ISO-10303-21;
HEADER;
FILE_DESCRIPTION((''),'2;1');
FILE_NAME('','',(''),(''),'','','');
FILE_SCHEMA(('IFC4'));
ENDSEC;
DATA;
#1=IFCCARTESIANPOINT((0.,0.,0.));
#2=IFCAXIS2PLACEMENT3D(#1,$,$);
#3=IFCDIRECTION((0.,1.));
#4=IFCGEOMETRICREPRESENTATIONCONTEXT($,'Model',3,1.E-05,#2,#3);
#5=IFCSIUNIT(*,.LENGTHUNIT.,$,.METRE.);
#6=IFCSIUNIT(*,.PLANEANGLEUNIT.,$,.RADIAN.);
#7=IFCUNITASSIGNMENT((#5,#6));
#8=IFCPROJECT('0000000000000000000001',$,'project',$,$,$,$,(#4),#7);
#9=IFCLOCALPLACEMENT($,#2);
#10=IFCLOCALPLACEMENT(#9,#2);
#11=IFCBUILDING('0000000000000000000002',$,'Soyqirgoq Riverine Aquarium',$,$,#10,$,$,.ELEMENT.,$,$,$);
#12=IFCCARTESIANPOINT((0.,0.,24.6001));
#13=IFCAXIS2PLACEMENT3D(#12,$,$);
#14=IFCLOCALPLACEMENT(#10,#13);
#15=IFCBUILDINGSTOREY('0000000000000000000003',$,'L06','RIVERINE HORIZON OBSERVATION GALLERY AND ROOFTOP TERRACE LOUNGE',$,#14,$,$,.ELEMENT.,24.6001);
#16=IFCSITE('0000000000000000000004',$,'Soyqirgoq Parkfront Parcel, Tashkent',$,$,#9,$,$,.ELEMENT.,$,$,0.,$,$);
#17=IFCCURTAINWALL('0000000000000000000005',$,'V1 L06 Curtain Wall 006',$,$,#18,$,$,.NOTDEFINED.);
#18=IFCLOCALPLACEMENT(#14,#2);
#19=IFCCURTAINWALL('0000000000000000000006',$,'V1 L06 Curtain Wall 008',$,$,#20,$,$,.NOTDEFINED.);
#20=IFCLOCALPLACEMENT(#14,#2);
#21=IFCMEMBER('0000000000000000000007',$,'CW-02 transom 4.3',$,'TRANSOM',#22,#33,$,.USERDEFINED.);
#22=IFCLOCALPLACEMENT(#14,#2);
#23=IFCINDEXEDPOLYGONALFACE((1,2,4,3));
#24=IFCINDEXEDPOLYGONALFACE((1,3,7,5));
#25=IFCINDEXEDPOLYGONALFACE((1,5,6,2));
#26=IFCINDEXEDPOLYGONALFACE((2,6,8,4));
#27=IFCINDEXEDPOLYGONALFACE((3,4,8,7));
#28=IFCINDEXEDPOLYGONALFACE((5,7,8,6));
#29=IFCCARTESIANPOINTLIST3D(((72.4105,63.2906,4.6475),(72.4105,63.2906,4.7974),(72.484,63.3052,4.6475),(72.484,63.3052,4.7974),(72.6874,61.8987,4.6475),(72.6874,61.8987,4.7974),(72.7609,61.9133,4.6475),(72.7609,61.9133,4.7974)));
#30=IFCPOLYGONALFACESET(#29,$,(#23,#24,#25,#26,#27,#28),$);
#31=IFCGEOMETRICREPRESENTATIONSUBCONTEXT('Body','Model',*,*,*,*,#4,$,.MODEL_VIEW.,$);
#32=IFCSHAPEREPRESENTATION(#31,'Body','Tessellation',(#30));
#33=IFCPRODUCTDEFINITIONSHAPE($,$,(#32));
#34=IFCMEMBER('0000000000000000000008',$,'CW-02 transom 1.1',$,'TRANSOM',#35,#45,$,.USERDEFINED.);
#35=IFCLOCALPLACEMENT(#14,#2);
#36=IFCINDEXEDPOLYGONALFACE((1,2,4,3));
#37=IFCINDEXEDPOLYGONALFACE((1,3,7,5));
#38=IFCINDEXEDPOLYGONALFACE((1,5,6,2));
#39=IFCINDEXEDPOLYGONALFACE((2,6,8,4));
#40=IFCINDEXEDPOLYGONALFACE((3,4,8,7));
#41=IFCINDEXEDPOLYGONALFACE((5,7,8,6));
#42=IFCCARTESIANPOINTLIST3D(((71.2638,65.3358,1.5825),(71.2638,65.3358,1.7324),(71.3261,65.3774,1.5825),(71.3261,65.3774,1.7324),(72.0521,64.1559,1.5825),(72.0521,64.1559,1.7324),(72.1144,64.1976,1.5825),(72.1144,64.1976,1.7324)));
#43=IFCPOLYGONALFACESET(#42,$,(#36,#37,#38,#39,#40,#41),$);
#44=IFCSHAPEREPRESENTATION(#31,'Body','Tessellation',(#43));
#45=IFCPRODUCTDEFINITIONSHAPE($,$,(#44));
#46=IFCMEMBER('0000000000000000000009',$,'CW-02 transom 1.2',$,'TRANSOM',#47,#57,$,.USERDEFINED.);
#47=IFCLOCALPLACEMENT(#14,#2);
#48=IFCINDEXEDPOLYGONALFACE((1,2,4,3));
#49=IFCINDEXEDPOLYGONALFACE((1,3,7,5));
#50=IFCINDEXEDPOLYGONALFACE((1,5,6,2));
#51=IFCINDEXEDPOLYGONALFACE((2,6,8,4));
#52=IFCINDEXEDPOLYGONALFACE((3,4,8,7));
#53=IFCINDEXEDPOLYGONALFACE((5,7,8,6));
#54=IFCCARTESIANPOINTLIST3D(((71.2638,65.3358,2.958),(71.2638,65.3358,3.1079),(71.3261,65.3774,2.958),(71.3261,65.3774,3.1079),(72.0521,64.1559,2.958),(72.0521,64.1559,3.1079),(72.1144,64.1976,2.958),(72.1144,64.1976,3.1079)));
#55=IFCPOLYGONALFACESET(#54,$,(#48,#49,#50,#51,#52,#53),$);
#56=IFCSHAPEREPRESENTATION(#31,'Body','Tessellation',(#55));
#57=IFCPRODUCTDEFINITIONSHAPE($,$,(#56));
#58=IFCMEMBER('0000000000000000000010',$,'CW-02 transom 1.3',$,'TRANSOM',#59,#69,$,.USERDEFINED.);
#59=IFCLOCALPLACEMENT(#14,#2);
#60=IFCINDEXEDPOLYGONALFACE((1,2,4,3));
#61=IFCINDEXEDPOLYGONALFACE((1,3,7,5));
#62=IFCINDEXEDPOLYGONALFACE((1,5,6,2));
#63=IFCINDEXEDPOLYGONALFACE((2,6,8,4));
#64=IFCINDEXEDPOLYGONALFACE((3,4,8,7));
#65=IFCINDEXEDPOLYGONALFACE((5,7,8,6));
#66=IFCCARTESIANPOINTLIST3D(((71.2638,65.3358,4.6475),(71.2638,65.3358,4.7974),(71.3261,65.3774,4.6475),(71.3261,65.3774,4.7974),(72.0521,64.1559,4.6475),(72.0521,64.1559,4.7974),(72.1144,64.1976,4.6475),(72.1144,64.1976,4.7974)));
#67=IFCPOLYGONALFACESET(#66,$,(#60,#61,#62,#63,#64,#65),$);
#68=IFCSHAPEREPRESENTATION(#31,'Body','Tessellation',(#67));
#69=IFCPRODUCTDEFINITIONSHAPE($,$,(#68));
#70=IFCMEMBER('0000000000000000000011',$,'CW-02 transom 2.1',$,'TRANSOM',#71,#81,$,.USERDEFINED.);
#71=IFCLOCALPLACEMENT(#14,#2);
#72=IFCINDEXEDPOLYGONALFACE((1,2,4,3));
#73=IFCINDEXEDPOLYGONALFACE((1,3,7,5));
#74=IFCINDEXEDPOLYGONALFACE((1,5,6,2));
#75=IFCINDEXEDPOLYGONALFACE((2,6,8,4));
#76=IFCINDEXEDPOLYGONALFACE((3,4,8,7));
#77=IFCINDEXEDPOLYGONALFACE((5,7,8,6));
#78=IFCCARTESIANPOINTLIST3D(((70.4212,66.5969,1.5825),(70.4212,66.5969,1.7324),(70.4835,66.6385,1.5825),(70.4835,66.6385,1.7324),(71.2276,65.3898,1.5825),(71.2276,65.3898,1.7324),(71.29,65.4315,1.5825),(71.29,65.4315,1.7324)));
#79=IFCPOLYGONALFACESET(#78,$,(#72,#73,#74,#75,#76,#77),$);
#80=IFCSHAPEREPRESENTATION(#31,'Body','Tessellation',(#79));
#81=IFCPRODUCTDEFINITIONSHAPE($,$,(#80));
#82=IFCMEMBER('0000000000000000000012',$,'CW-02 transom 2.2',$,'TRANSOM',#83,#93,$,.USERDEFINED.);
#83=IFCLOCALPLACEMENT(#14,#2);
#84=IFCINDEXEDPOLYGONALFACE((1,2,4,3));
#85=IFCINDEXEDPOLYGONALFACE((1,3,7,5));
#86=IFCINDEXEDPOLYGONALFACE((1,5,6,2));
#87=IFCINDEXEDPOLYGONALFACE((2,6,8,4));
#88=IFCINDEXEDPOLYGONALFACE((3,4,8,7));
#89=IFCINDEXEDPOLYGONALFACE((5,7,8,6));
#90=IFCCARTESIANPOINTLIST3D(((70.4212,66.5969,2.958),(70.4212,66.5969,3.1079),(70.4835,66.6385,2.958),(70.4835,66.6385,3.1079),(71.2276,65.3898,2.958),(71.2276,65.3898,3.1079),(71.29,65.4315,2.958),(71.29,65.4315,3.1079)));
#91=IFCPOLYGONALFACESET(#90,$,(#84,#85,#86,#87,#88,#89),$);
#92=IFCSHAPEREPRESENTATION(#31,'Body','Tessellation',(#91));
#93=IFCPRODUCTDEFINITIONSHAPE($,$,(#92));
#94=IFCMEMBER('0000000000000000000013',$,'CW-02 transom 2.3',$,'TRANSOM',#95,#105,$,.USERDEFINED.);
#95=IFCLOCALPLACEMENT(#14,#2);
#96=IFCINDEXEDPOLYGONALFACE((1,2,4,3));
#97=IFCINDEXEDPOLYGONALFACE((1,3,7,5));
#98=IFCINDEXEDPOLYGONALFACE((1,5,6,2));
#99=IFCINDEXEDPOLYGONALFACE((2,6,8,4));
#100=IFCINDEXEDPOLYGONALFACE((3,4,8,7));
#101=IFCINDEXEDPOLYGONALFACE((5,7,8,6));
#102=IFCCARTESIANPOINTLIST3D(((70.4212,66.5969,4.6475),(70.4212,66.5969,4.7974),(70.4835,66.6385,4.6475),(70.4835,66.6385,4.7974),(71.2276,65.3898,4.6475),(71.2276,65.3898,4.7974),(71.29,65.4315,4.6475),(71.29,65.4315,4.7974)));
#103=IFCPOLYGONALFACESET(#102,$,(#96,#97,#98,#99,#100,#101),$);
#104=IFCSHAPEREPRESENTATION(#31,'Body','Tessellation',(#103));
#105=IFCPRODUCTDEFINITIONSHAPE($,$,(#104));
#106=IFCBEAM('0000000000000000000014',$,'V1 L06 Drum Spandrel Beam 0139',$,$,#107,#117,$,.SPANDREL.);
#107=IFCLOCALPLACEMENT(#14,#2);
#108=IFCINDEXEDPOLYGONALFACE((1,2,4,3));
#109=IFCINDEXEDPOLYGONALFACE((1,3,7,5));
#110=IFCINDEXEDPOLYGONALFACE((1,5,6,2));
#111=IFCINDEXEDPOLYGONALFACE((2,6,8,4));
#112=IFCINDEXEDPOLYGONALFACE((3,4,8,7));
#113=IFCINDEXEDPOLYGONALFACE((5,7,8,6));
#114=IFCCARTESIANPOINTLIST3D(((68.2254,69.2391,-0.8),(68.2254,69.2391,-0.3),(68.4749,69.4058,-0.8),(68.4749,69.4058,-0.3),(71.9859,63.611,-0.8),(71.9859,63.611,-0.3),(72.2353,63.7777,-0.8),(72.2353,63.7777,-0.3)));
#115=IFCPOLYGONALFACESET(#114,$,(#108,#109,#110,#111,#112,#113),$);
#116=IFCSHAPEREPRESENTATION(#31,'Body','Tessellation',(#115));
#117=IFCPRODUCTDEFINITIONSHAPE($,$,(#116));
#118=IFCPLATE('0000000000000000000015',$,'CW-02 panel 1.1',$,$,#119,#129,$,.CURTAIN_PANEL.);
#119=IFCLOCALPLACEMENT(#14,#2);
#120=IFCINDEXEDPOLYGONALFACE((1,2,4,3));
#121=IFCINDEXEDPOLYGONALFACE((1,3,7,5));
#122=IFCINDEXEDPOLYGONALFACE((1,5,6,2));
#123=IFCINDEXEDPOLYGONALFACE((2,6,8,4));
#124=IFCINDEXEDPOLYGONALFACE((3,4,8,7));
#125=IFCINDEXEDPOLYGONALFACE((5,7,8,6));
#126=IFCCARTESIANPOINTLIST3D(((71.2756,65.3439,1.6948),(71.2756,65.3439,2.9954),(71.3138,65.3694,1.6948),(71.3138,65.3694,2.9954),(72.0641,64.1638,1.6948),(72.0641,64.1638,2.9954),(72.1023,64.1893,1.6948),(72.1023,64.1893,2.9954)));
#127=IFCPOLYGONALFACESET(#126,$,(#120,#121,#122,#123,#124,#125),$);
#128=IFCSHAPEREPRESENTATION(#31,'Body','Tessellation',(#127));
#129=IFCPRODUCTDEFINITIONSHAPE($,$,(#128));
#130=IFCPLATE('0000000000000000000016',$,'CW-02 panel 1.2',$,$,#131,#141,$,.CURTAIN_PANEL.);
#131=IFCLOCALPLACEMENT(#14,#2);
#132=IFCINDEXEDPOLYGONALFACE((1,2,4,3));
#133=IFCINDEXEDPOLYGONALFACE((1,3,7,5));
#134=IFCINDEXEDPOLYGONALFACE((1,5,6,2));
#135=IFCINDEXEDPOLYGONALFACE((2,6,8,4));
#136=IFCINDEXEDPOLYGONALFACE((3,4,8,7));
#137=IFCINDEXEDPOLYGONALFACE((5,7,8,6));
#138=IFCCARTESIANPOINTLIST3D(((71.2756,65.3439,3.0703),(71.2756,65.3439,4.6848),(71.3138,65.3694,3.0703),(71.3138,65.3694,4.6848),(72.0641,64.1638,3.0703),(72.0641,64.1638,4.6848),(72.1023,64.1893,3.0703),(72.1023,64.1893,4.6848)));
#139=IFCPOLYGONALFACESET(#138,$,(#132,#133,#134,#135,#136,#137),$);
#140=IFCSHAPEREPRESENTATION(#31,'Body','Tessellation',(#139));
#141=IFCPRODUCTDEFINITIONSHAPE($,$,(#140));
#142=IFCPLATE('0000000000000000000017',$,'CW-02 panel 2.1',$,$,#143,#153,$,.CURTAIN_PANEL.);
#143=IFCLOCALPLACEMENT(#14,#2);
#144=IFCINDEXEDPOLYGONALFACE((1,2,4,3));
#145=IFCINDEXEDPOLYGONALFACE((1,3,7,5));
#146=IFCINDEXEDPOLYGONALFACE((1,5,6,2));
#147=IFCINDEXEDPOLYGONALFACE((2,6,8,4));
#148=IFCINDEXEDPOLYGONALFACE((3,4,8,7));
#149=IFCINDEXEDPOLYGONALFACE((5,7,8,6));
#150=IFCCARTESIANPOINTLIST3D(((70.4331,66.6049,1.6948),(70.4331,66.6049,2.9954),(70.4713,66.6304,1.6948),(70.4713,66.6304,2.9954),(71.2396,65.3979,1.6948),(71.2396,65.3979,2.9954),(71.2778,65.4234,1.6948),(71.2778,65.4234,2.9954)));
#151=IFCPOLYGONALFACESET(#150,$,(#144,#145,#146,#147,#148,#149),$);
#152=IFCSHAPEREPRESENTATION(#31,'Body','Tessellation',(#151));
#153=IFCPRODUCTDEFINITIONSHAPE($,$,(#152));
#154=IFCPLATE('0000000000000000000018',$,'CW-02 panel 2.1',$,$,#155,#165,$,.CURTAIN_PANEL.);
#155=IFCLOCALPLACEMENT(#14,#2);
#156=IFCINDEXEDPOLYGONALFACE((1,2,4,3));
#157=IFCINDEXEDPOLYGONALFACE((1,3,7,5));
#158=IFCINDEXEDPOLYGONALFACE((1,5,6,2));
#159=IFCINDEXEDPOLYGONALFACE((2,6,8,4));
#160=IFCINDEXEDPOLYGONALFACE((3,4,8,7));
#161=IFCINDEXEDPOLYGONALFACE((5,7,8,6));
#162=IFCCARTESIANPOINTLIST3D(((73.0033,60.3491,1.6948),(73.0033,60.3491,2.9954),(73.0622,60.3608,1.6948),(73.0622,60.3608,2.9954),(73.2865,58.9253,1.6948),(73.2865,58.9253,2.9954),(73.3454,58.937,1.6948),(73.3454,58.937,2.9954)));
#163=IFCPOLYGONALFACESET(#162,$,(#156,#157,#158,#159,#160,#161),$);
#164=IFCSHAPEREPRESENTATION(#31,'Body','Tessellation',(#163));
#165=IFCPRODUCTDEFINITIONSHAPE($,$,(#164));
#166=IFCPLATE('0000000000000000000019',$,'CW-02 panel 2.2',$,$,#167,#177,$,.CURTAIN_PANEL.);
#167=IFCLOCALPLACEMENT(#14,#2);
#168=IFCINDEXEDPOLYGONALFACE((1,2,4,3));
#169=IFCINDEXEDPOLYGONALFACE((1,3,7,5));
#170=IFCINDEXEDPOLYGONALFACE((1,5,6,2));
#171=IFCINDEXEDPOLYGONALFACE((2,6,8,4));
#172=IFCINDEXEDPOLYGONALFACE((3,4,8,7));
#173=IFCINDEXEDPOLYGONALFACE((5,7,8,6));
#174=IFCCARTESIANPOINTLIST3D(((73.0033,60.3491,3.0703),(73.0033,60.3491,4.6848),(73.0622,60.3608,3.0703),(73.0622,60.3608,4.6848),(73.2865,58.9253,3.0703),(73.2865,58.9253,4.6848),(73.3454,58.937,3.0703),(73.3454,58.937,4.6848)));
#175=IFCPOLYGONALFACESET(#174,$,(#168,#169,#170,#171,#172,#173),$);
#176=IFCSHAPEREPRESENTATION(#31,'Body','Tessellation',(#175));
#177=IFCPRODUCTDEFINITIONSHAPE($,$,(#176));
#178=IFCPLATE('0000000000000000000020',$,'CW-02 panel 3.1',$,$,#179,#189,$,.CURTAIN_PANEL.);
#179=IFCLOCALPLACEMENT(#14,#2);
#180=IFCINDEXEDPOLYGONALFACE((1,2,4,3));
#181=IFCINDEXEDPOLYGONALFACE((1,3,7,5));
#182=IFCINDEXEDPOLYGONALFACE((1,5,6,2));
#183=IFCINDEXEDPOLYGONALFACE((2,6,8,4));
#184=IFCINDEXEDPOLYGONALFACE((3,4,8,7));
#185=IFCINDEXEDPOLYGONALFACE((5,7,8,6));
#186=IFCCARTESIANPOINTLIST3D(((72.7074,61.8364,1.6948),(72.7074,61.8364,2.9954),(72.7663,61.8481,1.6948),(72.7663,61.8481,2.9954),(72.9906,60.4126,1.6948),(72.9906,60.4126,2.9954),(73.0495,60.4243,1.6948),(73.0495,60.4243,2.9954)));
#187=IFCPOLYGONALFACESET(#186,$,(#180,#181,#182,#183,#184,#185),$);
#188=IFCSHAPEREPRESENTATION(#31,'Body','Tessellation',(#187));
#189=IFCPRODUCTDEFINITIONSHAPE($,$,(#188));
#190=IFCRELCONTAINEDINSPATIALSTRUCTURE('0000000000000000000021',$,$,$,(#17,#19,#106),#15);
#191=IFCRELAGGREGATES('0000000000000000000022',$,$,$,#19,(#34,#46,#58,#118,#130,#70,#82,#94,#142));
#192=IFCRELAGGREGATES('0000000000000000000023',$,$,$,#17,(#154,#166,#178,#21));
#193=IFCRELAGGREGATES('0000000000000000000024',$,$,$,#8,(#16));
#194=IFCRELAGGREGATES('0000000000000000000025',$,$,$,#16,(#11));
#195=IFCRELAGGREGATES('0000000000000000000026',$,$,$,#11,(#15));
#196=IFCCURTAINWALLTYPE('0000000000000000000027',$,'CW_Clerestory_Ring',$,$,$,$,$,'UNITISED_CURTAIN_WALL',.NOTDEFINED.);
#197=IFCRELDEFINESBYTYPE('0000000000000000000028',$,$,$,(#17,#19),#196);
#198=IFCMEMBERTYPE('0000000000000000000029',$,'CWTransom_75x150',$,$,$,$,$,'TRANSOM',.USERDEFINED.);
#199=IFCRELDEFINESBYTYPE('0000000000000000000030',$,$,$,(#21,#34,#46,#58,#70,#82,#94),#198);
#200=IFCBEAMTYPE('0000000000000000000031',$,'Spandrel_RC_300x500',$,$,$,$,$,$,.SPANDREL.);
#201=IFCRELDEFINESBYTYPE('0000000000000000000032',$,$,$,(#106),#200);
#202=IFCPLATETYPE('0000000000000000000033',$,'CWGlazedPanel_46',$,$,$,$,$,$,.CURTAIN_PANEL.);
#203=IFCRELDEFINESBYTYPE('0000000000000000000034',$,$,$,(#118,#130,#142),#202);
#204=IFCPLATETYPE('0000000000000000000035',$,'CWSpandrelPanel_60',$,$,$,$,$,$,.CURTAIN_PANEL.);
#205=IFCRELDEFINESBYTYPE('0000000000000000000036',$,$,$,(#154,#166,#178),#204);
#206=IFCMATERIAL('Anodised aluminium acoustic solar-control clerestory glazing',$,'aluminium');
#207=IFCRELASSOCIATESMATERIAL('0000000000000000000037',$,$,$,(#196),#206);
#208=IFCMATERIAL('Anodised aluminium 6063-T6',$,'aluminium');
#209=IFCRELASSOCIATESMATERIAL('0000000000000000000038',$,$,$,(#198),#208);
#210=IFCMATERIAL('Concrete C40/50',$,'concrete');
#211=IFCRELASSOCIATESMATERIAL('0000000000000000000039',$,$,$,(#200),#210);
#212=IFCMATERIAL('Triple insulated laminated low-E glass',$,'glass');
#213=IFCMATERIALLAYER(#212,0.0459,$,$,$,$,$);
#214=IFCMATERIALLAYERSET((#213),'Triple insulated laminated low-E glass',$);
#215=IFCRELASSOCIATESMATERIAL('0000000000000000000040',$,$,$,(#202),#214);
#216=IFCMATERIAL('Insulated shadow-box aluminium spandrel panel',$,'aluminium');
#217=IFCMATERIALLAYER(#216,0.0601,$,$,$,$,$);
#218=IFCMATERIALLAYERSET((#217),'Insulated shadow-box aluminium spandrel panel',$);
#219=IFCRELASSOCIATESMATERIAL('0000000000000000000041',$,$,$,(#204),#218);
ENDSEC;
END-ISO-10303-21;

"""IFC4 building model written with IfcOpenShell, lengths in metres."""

from ifc_helpers import new_model, si_unit, direction, frame, origin, origin_2d, place, context, subcontext, project, spatial, rectangle, extrude, material, layer, layer_set, material_profile, profile_set, type_object, element, aggregate, save


model = new_model("IFC4")

# Units and contexts
model_context = context("Model", 3, precision=1e-05, world=origin(), true_north=direction((0.0, 1.0)))
body_context = subcontext(model_context, "Body", "Model", "MODEL_VIEW")
ifc_project = project(units=[si_unit("LENGTHUNIT", "METRE"), si_unit("PLANEANGLEUNIT", "RADIAN")], contexts=[model_context])

# Site, building, storey
site_placement = place(None, origin())
site = spatial("IfcSite", under=ifc_project, at=site_placement, Name="Soyqirgoq Parkfront Parcel, Tashkent", CompositionType="ELEMENT", RefElevation=0.0)
building_placement = place(site_placement, origin())
building = spatial("IfcBuilding", under=site, at=building_placement, Name="Soyqirgoq Riverine Aquarium", CompositionType="ELEMENT")
storey_placement = place(building_placement, frame((0.0, 0.0, 24.6001)))
storey = spatial("IfcBuildingStorey", under=building, at=storey_placement, Name="L06", Description="RIVERINE HORIZON OBSERVATION GALLERY AND ROOFTOP TERRACE LOUNGE", CompositionType="ELEMENT", Elevation=24.6001)

# Curtain walls
ifc_material_1 = material(Name="Anodised aluminium acoustic solar-control clerestory glazing", Category="aluminium")
curtain_wall_type = type_object("IfcCurtainWallType", Name="CW_Clerestory_Ring", ElementType="UNITISED_CURTAIN_WALL", PredefinedType="NOTDEFINED", material=ifc_material_1)
curtain_wall_1_placement = place(storey_placement, origin())
curtain_wall_1 = element("IfcCurtainWall", 1, at=curtain_wall_1_placement, inside=storey, type_object=curtain_wall_type, Name="V1 L06 Curtain Wall 006", PredefinedType="NOTDEFINED")
curtain_wall_2_placement = place(storey_placement, origin())
curtain_wall_2 = element("IfcCurtainWall", 2, at=curtain_wall_2_placement, inside=storey, type_object=curtain_wall_type, Name="V1 L06 Curtain Wall 008", PredefinedType="NOTDEFINED")

# Members
ifc_material_2 = material(Name="Anodised aluminium 6063-T6", Category="aluminium")
ifc_material_profile_1 = material_profile(ifc_material_2, rectangle(XDim=0.075, YDim=0.1499, at=origin_2d()), Name="ALU-T 75x150")
ifc_profile_set_1 = profile_set([ifc_material_profile_1], Name="Anodised aluminium 6063-T6")
member_type_1 = type_object("IfcMemberType", Name="CWTransom_75x150", ElementType="TRANSOM", PredefinedType="USERDEFINED", material=ifc_profile_set_1)
member_1_placement = place(storey_placement, frame((72.7241, 61.906, 4.7224), z_axis=(-0.19509, 0.980785, 0.0), x_axis=(-0.980785, -0.19509, 0.0)))
member_1 = element("IfcMember", 3, at=member_1_placement, type_object=member_type_1, Name="CW-02 transom 4.3", ObjectType="TRANSOM", PredefinedType="USERDEFINED", context=body_context, shape_type="SweptSolid", body=[
    extrude(rectangle(XDim=0.075, YDim=0.1499, at=origin_2d()), origin(), (0.0, 0.0, 1.0), 1.4192),
])
member_2_placement = place(storey_placement, frame((72.0833, 64.1768, 1.6575), z_axis=(-0.555534, 0.831494, 0.0), x_axis=(-0.831494, -0.555534, 0.0)))
member_2 = element("IfcMember", 4, at=member_2_placement, type_object=member_type_1, Name="CW-02 transom 1.1", ObjectType="TRANSOM", PredefinedType="USERDEFINED", context=body_context, shape_type="SweptSolid", body=[
    extrude(rectangle(XDim=0.075, YDim=0.1499, at=origin_2d()), origin(), (0.0, 0.0, 1.0), 1.4189),
])
member_3_placement = place(storey_placement, frame((72.0833, 64.1768, 3.033), z_axis=(-0.555534, 0.831494, 0.0), x_axis=(-0.831494, -0.555534, 0.0)))
member_3 = element("IfcMember", 5, at=member_3_placement, type_object=member_type_1, Name="CW-02 transom 1.2", ObjectType="TRANSOM", PredefinedType="USERDEFINED", context=body_context, shape_type="SweptSolid", body=[
    extrude(rectangle(XDim=0.075, YDim=0.1499, at=origin_2d()), origin(), (0.0, 0.0, 1.0), 1.4189),
])
member_4_placement = place(storey_placement, frame((72.0833, 64.1768, 4.7224), z_axis=(-0.555534, 0.831494, 0.0), x_axis=(-0.831494, -0.555534, 0.0)))
member_4 = element("IfcMember", 6, at=member_4_placement, type_object=member_type_1, Name="CW-02 transom 1.3", ObjectType="TRANSOM", PredefinedType="USERDEFINED", context=body_context, shape_type="SweptSolid", body=[
    extrude(rectangle(XDim=0.075, YDim=0.1499, at=origin_2d()), origin(), (0.0, 0.0, 1.0), 1.4189),
])
member_5_placement = place(storey_placement, frame((71.2588, 65.4106, 1.6575), z_axis=(-0.555515, 0.831507, 0.0), x_axis=(-0.831507, -0.555515, 0.0)))
member_5 = element("IfcMember", 7, at=member_5_placement, type_object=member_type_1, Name="CW-02 transom 2.1", ObjectType="TRANSOM", PredefinedType="USERDEFINED", context=body_context, shape_type="SweptSolid", body=[
    extrude(rectangle(XDim=0.075, YDim=0.1499, at=origin_2d()), origin(), (0.0, 0.0, 1.0), 1.4517),
])
member_6_placement = place(storey_placement, frame((71.2588, 65.4106, 3.033), z_axis=(-0.555515, 0.831507, 0.0), x_axis=(-0.831507, -0.555515, 0.0)))
member_6 = element("IfcMember", 8, at=member_6_placement, type_object=member_type_1, Name="CW-02 transom 2.2", ObjectType="TRANSOM", PredefinedType="USERDEFINED", context=body_context, shape_type="SweptSolid", body=[
    extrude(rectangle(XDim=0.075, YDim=0.1499, at=origin_2d()), origin(), (0.0, 0.0, 1.0), 1.4517),
])
member_7_placement = place(storey_placement, frame((71.2588, 65.4106, 4.7224), z_axis=(-0.555515, 0.831507, 0.0), x_axis=(-0.831507, -0.555515, 0.0)))
member_7 = element("IfcMember", 9, at=member_7_placement, type_object=member_type_1, Name="CW-02 transom 2.3", ObjectType="TRANSOM", PredefinedType="USERDEFINED", context=body_context, shape_type="SweptSolid", body=[
    extrude(rectangle(XDim=0.075, YDim=0.1499, at=origin_2d()), origin(), (0.0, 0.0, 1.0), 1.4517),
])

# Beam
ifc_material_3 = material(Name="Concrete C40/50", Category="concrete")
ifc_material_profile_2 = material_profile(ifc_material_3, rectangle(XDim=0.3, YDim=0.5, at=origin_2d()), Name="RC 300x500")
ifc_profile_set_2 = profile_set([ifc_material_profile_2], Name="Concrete C40/50")
beam_type = type_object("IfcBeamType", Name="Spandrel_RC_300x500", PredefinedType="SPANDREL", material=ifc_profile_set_2)
beam_placement = place(storey_placement, frame((72.1106, 63.6943, -0.55), z_axis=(-0.555557, 0.831478, 0.0), x_axis=(-0.831478, -0.555557, 0.0)))
element("IfcBeam", 10, at=beam_placement, inside=storey, type_object=beam_type, Name="V1 L06 Drum Spandrel Beam 0139", PredefinedType="SPANDREL", context=body_context, shape_type="SweptSolid", body=[
    extrude(rectangle(XDim=0.3, YDim=0.5, at=origin_2d()), origin(), (0.0, 0.0, 1.0), 6.7688),
])

# Plates
ifc_material_4 = material(Name="Triple insulated laminated low-E glass", Category="glass")
ifc_layer_1 = layer(ifc_material_4, 0.0459)
ifc_layer_set_1 = layer_set([ifc_layer_1], Name="Triple insulated laminated low-E glass")
plate_type_1 = type_object("IfcPlateType", Name="CWGlazedPanel_46", PredefinedType="CURTAIN_PANEL", material=ifc_layer_set_1)
plate_1_placement = place(storey_placement, frame((71.689, 64.7666, 1.6948), z_axis=(0.0, 0.0, 1.0), x_axis=(-0.555579, 0.831464, 0.0)))
plate_1 = element("IfcPlate", 11, at=plate_1_placement, type_object=plate_type_1, Name="CW-02 panel 1.1", PredefinedType="CURTAIN_PANEL", context=body_context, shape_type="SweptSolid", body=[
    extrude(rectangle(XDim=1.4192, YDim=0.0459, at=origin_2d()), origin(), (0.0, 0.0, 1.0), 1.3005),
])
plate_2_placement = place(storey_placement, frame((71.689, 64.7666, 3.0703), z_axis=(0.0, 0.0, 1.0), x_axis=(-0.555579, 0.831464, 0.0)))
plate_2 = element("IfcPlate", 12, at=plate_2_placement, type_object=plate_type_1, Name="CW-02 panel 1.2", PredefinedType="CURTAIN_PANEL", context=body_context, shape_type="SweptSolid", body=[
    extrude(rectangle(XDim=1.4192, YDim=0.0459, at=origin_2d()), origin(), (0.0, 0.0, 1.0), 1.6145),
])
plate_3_placement = place(storey_placement, frame((70.8555, 66.0142, 1.6948), z_axis=(0.0, 0.0, 1.0), x_axis=(-0.555579, 0.831464, 0.0)))
plate_3 = element("IfcPlate", 13, at=plate_3_placement, type_object=plate_type_1, Name="CW-02 panel 2.1", PredefinedType="CURTAIN_PANEL", context=body_context, shape_type="SweptSolid", body=[
    extrude(rectangle(XDim=1.4517, YDim=0.0459, at=origin_2d()), origin(), (0.0, 0.0, 1.0), 1.3005),
])
aggregate(curtain_wall_2, [member_2, member_3, member_4, plate_1, plate_2, member_5, member_6, member_7, plate_3])
ifc_material_5 = material(Name="Insulated shadow-box aluminium spandrel panel", Category="aluminium")
ifc_layer_2 = layer(ifc_material_5, 0.0601)
ifc_layer_set_2 = layer_set([ifc_layer_2], Name="Insulated shadow-box aluminium spandrel panel")
plate_type_2 = type_object("IfcPlateType", Name="CWSpandrelPanel_60", PredefinedType="CURTAIN_PANEL", material=ifc_layer_set_2)
plate_4_placement = place(storey_placement, frame((73.1743, 59.6431, 1.6948), z_axis=(0.0, 0.0, 1.0), x_axis=(-0.195095, 0.980784, 0.0)))
plate_4 = element("IfcPlate", 14, at=plate_4_placement, type_object=plate_type_2, Name="CW-02 panel 2.1", PredefinedType="CURTAIN_PANEL", context=body_context, shape_type="SweptSolid", body=[
    extrude(rectangle(XDim=1.4517, YDim=0.0601, at=origin_2d()), origin(), (0.0, 0.0, 1.0), 1.3005),
])
plate_5_placement = place(storey_placement, frame((73.1743, 59.6431, 3.0703), z_axis=(0.0, 0.0, 1.0), x_axis=(-0.195095, 0.980784, 0.0)))
plate_5 = element("IfcPlate", 15, at=plate_5_placement, type_object=plate_type_2, Name="CW-02 panel 2.2", PredefinedType="CURTAIN_PANEL", context=body_context, shape_type="SweptSolid", body=[
    extrude(rectangle(XDim=1.4517, YDim=0.0601, at=origin_2d()), origin(), (0.0, 0.0, 1.0), 1.6145),
])
plate_6_placement = place(storey_placement, frame((72.8784, 61.1304, 1.6948), z_axis=(0.0, 0.0, 1.0), x_axis=(-0.195095, 0.980784, 0.0)))
plate_6 = element("IfcPlate", 16, at=plate_6_placement, type_object=plate_type_2, Name="CW-02 panel 3.1", PredefinedType="CURTAIN_PANEL", context=body_context, shape_type="SweptSolid", body=[
    extrude(rectangle(XDim=1.4517, YDim=0.0601, at=origin_2d()), origin(), (0.0, 0.0, 1.0), 1.3005),
])
aggregate(curtain_wall_1, [plate_4, plate_5, plate_6, member_1])

save(model, "model.ifc")
